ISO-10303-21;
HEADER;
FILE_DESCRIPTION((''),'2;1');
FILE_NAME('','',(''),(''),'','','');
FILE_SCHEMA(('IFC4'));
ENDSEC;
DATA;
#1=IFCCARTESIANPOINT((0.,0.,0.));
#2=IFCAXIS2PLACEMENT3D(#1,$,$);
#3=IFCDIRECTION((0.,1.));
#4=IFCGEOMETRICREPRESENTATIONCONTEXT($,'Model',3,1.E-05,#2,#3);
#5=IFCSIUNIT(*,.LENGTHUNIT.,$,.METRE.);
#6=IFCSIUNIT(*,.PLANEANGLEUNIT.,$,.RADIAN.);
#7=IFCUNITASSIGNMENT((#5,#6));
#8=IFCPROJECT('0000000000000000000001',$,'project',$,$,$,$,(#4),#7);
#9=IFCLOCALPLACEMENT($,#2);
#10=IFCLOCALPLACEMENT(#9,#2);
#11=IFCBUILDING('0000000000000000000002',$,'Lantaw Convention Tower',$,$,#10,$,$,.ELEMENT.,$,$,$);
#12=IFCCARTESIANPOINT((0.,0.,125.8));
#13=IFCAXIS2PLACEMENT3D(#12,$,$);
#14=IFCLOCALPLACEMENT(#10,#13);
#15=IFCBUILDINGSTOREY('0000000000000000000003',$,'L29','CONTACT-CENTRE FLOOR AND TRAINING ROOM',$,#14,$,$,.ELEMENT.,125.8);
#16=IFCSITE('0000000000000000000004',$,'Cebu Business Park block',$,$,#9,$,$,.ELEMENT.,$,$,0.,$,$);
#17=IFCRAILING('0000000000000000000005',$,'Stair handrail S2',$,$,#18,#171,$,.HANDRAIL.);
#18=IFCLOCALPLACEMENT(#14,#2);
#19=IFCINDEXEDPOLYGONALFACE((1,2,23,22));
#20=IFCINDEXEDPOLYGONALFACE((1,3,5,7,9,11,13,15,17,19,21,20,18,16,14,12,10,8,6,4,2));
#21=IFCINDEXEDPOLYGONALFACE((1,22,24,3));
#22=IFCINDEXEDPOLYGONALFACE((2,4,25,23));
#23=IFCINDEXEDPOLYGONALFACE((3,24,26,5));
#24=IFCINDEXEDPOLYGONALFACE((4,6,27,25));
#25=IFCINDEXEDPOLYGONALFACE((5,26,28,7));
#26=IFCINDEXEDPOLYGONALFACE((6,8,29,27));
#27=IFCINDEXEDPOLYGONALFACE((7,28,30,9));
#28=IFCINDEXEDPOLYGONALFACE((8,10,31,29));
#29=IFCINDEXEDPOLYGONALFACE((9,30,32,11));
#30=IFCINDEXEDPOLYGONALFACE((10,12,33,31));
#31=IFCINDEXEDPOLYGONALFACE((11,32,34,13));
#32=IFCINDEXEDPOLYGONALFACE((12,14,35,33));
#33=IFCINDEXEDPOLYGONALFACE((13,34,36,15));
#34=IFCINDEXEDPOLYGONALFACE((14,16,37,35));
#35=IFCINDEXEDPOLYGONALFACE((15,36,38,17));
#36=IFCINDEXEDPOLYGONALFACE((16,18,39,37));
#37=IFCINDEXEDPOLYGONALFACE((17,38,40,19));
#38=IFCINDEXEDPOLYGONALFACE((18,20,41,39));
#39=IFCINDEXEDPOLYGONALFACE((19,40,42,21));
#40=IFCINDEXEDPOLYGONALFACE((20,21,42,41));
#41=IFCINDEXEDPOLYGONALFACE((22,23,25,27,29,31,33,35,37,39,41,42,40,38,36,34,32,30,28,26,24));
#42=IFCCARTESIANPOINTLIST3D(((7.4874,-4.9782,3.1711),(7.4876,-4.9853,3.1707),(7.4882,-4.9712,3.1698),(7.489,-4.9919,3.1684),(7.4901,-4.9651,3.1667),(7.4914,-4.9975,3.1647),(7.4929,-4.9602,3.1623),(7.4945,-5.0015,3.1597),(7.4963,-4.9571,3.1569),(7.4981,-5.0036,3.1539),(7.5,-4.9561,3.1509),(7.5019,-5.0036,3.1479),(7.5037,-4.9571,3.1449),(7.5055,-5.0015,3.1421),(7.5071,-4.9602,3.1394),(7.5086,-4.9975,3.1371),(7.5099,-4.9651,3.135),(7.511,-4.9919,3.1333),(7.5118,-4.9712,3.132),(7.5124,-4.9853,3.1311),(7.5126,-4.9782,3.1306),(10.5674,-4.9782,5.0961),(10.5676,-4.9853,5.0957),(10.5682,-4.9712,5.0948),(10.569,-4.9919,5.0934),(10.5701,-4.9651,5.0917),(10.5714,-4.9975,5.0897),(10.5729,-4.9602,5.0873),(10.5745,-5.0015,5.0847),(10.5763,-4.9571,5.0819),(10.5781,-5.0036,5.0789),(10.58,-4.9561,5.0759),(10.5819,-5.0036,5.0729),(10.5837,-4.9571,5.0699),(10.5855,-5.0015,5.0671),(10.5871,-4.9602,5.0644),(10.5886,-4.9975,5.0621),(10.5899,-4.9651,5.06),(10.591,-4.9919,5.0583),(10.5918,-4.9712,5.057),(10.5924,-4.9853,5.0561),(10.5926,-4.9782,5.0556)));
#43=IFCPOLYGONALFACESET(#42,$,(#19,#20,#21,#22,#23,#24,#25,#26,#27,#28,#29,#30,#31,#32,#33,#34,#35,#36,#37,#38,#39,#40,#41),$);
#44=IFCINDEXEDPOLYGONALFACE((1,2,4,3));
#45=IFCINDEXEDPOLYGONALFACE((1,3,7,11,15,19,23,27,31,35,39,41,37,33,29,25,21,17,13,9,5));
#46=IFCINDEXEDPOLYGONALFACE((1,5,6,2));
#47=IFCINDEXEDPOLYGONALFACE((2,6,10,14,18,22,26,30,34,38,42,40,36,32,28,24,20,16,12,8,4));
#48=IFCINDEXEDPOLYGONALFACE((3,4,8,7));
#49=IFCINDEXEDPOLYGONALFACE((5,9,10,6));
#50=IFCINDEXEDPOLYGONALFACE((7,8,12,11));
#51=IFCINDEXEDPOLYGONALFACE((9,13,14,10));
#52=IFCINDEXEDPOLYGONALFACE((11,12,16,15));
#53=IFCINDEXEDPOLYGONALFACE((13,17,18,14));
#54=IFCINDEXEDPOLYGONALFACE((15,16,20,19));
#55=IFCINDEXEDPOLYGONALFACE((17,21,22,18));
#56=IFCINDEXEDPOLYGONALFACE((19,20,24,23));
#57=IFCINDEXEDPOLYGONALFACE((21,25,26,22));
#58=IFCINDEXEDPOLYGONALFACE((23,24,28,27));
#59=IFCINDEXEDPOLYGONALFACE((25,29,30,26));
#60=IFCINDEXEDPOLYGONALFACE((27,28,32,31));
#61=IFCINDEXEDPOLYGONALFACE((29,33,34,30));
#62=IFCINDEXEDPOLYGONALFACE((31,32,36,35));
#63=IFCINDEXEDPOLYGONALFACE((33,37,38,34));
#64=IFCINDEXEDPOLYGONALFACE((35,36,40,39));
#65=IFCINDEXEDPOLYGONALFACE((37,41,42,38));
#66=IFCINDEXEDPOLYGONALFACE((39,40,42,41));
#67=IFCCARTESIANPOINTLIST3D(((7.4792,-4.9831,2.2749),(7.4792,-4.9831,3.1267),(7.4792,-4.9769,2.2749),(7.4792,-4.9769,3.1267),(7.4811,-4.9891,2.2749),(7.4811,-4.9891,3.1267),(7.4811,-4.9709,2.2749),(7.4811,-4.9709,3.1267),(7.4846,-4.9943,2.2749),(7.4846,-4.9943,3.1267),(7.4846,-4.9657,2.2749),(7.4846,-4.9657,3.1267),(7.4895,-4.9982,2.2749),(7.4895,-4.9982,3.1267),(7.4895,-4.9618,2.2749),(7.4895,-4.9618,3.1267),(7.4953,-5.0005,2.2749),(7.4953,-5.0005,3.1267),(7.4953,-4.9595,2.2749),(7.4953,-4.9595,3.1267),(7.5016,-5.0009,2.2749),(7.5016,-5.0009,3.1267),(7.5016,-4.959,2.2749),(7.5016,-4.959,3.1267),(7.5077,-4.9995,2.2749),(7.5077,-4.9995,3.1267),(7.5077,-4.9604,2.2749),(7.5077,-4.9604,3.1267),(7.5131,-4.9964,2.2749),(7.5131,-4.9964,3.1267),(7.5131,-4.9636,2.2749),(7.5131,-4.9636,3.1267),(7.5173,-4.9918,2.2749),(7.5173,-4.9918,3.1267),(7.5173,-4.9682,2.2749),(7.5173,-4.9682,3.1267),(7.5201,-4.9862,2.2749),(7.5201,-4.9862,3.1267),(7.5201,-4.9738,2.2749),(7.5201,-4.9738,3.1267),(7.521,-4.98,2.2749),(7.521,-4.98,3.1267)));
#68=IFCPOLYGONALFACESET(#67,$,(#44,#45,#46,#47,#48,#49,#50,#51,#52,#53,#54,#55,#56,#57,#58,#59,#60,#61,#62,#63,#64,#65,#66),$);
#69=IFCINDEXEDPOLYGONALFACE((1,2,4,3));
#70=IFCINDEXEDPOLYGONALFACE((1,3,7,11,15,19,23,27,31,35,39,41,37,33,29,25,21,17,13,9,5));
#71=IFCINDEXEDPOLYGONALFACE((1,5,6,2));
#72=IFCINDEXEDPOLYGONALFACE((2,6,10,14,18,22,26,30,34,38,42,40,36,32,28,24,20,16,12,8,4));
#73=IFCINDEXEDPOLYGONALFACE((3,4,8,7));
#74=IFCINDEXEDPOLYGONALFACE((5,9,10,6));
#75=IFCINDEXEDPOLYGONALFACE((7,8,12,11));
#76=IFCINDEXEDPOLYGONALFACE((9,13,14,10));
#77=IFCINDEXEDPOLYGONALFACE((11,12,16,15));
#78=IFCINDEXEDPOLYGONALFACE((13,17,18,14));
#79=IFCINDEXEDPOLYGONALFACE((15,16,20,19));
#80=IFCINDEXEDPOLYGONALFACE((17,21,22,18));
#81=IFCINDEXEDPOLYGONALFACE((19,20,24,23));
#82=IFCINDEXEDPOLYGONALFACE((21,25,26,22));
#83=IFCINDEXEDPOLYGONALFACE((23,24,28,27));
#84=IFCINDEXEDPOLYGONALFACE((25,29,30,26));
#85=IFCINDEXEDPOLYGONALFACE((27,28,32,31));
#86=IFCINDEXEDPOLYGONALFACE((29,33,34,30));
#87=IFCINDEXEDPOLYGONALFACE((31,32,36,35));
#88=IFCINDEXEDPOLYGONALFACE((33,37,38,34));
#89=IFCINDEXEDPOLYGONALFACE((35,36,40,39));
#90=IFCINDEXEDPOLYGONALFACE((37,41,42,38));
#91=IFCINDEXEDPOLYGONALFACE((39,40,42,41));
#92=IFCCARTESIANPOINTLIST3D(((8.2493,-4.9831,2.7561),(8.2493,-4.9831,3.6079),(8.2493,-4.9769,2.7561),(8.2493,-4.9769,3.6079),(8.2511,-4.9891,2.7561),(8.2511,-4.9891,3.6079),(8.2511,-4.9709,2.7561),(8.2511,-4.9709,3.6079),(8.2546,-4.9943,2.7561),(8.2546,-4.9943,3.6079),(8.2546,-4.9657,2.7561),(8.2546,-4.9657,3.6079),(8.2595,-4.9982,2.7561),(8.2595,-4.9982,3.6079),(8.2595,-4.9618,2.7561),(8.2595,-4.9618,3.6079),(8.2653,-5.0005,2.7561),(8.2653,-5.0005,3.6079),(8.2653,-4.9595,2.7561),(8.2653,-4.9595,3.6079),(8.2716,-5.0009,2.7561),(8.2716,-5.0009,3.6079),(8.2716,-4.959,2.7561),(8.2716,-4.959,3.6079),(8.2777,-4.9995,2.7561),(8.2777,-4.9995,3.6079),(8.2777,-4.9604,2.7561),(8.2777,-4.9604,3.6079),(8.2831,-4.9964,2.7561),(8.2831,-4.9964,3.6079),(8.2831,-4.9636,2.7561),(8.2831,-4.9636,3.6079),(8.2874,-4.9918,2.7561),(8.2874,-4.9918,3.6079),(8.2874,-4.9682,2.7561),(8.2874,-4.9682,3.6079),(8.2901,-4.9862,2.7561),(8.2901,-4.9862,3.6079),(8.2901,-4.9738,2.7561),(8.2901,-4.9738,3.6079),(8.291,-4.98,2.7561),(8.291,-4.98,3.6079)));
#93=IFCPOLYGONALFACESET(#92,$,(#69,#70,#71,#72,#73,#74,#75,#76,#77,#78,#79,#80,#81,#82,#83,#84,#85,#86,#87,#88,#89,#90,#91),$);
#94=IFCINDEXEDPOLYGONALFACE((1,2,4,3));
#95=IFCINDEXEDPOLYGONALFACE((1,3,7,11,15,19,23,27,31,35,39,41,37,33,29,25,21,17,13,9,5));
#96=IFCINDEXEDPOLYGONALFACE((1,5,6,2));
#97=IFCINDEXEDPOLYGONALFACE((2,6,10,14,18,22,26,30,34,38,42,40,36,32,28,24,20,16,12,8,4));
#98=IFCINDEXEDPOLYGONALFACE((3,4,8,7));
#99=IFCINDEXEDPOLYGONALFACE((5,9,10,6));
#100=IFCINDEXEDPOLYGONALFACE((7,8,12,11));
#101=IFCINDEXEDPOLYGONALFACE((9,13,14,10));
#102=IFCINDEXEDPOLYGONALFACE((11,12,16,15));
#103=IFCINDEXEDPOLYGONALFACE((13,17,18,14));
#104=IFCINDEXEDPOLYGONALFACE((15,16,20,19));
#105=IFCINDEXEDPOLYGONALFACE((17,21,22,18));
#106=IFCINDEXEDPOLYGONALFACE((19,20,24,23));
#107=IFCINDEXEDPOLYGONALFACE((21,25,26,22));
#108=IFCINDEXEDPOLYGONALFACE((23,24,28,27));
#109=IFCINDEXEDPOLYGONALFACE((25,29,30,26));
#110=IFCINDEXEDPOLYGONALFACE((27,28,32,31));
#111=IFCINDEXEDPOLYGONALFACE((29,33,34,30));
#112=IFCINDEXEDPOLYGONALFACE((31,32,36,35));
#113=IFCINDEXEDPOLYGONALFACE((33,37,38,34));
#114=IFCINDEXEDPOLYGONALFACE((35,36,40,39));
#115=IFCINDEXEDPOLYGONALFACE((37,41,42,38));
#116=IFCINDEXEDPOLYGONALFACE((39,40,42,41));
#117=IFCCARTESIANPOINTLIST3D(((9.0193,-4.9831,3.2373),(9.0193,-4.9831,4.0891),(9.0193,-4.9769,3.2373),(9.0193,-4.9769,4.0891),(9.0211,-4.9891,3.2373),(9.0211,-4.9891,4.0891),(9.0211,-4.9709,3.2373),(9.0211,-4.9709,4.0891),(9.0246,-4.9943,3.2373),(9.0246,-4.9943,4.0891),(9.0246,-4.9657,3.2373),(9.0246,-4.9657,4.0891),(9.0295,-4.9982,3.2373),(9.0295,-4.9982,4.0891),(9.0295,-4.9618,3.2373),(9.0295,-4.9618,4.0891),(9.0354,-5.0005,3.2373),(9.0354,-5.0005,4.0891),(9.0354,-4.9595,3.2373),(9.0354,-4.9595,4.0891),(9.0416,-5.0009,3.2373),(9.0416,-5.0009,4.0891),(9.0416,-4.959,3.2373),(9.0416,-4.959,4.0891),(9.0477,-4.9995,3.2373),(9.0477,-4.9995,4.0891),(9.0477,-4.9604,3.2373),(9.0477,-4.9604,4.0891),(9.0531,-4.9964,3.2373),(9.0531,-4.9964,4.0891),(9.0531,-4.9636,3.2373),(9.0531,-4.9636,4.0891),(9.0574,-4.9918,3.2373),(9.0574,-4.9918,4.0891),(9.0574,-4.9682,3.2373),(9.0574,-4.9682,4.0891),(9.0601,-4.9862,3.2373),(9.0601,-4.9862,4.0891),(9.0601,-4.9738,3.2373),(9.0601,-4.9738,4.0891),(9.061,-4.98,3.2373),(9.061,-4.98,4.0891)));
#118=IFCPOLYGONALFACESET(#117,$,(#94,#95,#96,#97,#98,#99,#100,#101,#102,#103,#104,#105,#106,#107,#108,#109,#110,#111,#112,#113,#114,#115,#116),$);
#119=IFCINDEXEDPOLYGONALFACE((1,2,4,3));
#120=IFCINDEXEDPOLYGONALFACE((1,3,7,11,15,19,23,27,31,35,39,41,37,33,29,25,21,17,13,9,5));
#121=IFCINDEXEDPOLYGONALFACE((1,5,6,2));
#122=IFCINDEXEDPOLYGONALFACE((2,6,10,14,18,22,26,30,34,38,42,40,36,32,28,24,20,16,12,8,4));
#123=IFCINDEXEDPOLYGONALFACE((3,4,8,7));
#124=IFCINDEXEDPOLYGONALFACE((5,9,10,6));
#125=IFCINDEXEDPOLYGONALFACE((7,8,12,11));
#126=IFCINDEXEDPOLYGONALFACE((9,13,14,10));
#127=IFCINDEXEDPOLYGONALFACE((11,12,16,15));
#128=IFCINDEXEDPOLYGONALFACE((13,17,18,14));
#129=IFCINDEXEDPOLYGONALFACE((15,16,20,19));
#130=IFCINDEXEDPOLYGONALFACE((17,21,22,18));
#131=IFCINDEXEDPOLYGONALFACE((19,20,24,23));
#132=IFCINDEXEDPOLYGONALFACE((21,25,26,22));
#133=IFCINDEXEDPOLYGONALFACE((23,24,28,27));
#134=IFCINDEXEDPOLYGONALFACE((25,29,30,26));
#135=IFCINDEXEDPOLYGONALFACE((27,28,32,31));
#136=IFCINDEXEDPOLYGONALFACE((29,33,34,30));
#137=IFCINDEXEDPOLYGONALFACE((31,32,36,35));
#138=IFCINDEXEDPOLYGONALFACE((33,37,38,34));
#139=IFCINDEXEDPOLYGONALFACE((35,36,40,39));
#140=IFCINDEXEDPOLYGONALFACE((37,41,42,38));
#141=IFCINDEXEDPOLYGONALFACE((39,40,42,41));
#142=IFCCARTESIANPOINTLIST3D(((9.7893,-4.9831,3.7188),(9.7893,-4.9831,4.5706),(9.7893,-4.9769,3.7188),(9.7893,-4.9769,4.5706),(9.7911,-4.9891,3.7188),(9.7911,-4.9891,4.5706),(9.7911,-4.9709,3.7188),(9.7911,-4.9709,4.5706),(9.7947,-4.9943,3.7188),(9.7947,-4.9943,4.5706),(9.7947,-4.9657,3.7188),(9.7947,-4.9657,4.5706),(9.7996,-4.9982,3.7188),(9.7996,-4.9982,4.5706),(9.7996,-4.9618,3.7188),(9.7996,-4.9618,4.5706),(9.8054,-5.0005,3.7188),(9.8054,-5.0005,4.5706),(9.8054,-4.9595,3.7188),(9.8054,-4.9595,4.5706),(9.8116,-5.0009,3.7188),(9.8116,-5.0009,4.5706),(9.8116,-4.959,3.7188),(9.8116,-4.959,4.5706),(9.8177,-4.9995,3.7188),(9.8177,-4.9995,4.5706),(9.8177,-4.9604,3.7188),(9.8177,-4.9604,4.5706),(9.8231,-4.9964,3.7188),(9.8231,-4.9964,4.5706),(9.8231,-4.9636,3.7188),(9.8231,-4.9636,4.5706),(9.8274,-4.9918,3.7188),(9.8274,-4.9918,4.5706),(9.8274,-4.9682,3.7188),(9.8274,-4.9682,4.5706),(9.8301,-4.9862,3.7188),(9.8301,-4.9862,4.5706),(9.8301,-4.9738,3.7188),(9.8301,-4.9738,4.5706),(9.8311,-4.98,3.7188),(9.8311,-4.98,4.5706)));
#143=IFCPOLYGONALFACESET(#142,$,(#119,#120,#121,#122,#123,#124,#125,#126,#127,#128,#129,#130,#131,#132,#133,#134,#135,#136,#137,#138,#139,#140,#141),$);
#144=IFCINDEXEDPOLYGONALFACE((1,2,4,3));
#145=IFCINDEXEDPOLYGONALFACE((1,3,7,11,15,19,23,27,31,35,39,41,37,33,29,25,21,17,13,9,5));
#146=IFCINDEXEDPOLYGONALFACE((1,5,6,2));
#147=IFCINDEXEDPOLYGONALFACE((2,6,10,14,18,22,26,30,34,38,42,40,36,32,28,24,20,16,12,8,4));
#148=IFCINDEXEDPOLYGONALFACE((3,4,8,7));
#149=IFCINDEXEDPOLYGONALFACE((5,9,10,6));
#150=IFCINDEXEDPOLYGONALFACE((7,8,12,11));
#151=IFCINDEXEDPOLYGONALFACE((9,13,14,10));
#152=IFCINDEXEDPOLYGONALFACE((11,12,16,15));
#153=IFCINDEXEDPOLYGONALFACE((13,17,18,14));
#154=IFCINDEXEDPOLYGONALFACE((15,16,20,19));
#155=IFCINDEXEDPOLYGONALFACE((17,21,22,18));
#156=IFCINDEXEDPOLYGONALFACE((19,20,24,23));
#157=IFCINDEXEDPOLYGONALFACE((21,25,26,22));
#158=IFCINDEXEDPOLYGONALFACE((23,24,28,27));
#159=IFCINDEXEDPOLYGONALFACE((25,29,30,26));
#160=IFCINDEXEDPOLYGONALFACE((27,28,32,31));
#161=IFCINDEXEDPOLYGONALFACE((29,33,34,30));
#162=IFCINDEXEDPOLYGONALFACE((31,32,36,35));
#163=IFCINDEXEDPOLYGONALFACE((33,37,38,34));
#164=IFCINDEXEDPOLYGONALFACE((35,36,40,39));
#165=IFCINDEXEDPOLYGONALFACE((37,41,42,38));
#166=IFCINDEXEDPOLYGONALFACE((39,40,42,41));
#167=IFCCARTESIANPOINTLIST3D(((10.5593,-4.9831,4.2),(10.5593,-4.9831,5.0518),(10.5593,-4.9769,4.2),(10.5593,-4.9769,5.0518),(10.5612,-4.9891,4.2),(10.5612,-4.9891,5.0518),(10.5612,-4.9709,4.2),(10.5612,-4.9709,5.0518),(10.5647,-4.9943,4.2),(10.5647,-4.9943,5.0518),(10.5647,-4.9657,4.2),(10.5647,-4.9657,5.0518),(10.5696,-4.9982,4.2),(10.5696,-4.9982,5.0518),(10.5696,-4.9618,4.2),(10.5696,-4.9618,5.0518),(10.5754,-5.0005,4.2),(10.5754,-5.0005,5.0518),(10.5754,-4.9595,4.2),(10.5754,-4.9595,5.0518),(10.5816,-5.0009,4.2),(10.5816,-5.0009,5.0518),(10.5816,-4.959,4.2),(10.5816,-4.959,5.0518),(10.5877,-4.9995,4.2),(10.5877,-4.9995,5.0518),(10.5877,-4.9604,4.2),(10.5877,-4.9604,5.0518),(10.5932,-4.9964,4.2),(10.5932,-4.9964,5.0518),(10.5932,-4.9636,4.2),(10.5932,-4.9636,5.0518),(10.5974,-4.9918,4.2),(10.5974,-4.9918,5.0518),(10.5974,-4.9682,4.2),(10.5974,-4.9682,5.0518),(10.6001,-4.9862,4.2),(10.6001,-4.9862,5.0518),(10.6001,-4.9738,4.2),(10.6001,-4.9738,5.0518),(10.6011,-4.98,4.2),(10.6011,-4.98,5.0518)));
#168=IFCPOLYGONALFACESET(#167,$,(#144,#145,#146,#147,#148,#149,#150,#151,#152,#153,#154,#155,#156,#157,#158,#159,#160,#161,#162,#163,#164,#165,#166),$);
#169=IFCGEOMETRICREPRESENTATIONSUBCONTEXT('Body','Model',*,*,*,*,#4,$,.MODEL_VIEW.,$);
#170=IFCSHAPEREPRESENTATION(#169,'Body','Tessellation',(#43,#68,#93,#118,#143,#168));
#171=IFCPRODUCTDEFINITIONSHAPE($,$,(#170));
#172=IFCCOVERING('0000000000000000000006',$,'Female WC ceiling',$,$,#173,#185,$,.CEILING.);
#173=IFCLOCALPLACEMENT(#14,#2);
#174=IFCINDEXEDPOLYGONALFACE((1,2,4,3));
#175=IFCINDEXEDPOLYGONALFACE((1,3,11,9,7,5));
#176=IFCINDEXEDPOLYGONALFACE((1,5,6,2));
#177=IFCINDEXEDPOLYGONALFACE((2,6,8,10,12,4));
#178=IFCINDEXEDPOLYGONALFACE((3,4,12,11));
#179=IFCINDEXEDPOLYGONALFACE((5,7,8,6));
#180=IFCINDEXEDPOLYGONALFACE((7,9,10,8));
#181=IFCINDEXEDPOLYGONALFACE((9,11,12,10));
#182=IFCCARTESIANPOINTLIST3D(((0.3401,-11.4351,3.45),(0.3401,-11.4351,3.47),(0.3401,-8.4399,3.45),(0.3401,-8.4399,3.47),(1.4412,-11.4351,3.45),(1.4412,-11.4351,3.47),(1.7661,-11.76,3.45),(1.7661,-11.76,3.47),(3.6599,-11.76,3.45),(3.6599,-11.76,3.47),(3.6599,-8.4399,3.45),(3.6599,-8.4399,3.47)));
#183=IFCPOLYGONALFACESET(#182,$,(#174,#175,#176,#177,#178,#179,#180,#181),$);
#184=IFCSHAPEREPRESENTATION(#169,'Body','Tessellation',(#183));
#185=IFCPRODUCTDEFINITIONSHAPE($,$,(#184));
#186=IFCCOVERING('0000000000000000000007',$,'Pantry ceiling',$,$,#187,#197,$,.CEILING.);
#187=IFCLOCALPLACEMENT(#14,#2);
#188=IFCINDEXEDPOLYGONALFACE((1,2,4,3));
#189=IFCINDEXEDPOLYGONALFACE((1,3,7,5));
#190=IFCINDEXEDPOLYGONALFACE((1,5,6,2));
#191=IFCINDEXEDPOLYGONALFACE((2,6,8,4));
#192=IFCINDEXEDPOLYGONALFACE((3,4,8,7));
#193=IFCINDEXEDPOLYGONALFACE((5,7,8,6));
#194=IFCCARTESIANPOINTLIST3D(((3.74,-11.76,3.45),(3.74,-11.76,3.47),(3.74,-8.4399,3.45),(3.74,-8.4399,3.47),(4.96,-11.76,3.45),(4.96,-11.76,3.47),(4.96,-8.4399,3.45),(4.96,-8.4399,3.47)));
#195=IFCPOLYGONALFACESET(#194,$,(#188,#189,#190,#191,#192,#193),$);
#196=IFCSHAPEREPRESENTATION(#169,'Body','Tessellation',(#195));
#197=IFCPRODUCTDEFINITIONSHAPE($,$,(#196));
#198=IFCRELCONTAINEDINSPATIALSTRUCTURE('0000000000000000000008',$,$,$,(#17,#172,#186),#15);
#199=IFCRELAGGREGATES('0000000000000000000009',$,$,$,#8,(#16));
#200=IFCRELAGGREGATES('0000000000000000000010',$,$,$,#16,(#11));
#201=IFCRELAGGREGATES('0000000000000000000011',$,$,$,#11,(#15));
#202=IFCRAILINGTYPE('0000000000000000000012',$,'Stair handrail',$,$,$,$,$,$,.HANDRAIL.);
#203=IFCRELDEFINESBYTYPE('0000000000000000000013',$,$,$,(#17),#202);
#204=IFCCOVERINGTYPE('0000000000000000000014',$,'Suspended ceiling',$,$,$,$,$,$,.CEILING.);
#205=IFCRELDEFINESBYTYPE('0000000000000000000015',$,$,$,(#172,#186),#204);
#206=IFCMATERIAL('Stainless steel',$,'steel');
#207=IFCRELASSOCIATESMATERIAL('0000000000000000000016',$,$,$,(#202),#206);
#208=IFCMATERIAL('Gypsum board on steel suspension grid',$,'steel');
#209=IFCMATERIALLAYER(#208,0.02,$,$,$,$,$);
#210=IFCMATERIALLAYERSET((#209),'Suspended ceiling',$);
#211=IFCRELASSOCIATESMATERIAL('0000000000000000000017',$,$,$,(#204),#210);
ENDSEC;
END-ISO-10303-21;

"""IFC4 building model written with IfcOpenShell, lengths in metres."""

from ifc_helpers import new_model, si_unit, direction, frame, origin, origin_2d, place, context, subcontext, project, spatial, polyline, circle, outline, extrude, material, layer, layer_set, type_object, element, save


model = new_model("IFC4")

# Units and contexts
model_context = context("Model", 3, precision=1e-05, world=origin(), true_north=direction((0.0, 1.0)))
body_context = subcontext(model_context, "Body", "Model", "MODEL_VIEW")
ifc_project = project(units=[si_unit("LENGTHUNIT", "METRE"), si_unit("PLANEANGLEUNIT", "RADIAN")], contexts=[model_context])

# Site, building, storey
site_placement = place(None, origin())
site = spatial("IfcSite", under=ifc_project, at=site_placement, Name="Cebu Business Park block", CompositionType="ELEMENT", RefElevation=0.0)
building_placement = place(site_placement, origin())
building = spatial("IfcBuilding", under=site, at=building_placement, Name="Lantaw Convention Tower", CompositionType="ELEMENT")
storey_placement = place(building_placement, frame((0.0, 0.0, 125.8)))
storey = spatial("IfcBuildingStorey", under=building, at=storey_placement, Name="L29", Description="CONTACT-CENTRE FLOOR AND TRAINING ROOM", CompositionType="ELEMENT", Elevation=125.8)

# Railing
ifc_material_1 = material(Name="Stainless steel", Category="steel")
railing_type = type_object("IfcRailingType", Name="Stair handrail", PredefinedType="HANDRAIL", material=ifc_material_1)
railing_1_placement = place(storey_placement, frame((7.5, -4.98, 2.2749)))
element("IfcRailing", 1, at=railing_1_placement, inside=storey, type_object=railing_type, Name="Stair handrail S2", PredefinedType="HANDRAIL", context=body_context, shape_type="SweptSolid", body=[
    extrude(circle(Radius=0.0239, at=origin_2d()), frame((0.0, 0.0, 0.876), z_axis=(0.847998, 0.0, 0.529999), x_axis=(0.0, 1.0, 0.0)), (0.0, 0.0, 1.0), 3.6321),
    extrude(circle(Radius=0.021, at=origin_2d()), origin(), (0.0, 0.0, 1.0), 0.8518),
    extrude(circle(Radius=0.021, at=origin_2d()), frame((0.77, 0.0, 0.4812)), (0.0, 0.0, 1.0), 0.8518),
    extrude(circle(Radius=0.021, at=origin_2d()), frame((1.54, 0.0, 0.9624)), (0.0, 0.0, 1.0), 0.8518),
    extrude(circle(Radius=0.021, at=origin_2d()), frame((2.3101, 0.0, 1.4438)), (0.0, 0.0, 1.0), 0.8518),
    extrude(circle(Radius=0.021, at=origin_2d()), frame((3.0801, 0.0, 1.925)), (0.0, 0.0, 1.0), 0.8518),
])

# Coverings
ifc_material_2 = material(Name="Gypsum board on steel suspension grid", Category="steel")
ifc_layer_1 = layer(ifc_material_2, 0.02)
ifc_layer_set_1 = layer_set([ifc_layer_1], Name="Suspended ceiling")
covering_type = type_object("IfcCoveringType", Name="Suspended ceiling", PredefinedType="CEILING", material=ifc_layer_set_1)
covering_1_placement = place(storey_placement, frame((0.0, 0.0, 3.45)))
element("IfcCovering", 2, at=covering_1_placement, inside=storey, type_object=covering_type, Name="Female WC ceiling", PredefinedType="CEILING", context=body_context, shape_type="SweptSolid", body=[
    extrude(outline(polyline([(0.3401, -8.4399), (0.3401, -11.4351), (1.4412, -11.4351), (1.7661, -11.76), (3.6599, -11.76), (3.6599, -8.4399), (0.3401, -8.4399)])), origin(), (0.0, 0.0, 1.0), 0.02),
])
covering_2_placement = place(storey_placement, frame((0.0, 0.0, 3.45)))
element("IfcCovering", 3, at=covering_2_placement, inside=storey, type_object=covering_type, Name="Pantry ceiling", PredefinedType="CEILING", context=body_context, shape_type="SweptSolid", body=[
    extrude(outline(polyline([(3.74, -11.76), (4.96, -11.76), (4.96, -8.4399), (3.74, -8.4399), (3.74, -11.76)])), origin(), (0.0, 0.0, 1.0), 0.02),
])

save(model, "model.ifc")
